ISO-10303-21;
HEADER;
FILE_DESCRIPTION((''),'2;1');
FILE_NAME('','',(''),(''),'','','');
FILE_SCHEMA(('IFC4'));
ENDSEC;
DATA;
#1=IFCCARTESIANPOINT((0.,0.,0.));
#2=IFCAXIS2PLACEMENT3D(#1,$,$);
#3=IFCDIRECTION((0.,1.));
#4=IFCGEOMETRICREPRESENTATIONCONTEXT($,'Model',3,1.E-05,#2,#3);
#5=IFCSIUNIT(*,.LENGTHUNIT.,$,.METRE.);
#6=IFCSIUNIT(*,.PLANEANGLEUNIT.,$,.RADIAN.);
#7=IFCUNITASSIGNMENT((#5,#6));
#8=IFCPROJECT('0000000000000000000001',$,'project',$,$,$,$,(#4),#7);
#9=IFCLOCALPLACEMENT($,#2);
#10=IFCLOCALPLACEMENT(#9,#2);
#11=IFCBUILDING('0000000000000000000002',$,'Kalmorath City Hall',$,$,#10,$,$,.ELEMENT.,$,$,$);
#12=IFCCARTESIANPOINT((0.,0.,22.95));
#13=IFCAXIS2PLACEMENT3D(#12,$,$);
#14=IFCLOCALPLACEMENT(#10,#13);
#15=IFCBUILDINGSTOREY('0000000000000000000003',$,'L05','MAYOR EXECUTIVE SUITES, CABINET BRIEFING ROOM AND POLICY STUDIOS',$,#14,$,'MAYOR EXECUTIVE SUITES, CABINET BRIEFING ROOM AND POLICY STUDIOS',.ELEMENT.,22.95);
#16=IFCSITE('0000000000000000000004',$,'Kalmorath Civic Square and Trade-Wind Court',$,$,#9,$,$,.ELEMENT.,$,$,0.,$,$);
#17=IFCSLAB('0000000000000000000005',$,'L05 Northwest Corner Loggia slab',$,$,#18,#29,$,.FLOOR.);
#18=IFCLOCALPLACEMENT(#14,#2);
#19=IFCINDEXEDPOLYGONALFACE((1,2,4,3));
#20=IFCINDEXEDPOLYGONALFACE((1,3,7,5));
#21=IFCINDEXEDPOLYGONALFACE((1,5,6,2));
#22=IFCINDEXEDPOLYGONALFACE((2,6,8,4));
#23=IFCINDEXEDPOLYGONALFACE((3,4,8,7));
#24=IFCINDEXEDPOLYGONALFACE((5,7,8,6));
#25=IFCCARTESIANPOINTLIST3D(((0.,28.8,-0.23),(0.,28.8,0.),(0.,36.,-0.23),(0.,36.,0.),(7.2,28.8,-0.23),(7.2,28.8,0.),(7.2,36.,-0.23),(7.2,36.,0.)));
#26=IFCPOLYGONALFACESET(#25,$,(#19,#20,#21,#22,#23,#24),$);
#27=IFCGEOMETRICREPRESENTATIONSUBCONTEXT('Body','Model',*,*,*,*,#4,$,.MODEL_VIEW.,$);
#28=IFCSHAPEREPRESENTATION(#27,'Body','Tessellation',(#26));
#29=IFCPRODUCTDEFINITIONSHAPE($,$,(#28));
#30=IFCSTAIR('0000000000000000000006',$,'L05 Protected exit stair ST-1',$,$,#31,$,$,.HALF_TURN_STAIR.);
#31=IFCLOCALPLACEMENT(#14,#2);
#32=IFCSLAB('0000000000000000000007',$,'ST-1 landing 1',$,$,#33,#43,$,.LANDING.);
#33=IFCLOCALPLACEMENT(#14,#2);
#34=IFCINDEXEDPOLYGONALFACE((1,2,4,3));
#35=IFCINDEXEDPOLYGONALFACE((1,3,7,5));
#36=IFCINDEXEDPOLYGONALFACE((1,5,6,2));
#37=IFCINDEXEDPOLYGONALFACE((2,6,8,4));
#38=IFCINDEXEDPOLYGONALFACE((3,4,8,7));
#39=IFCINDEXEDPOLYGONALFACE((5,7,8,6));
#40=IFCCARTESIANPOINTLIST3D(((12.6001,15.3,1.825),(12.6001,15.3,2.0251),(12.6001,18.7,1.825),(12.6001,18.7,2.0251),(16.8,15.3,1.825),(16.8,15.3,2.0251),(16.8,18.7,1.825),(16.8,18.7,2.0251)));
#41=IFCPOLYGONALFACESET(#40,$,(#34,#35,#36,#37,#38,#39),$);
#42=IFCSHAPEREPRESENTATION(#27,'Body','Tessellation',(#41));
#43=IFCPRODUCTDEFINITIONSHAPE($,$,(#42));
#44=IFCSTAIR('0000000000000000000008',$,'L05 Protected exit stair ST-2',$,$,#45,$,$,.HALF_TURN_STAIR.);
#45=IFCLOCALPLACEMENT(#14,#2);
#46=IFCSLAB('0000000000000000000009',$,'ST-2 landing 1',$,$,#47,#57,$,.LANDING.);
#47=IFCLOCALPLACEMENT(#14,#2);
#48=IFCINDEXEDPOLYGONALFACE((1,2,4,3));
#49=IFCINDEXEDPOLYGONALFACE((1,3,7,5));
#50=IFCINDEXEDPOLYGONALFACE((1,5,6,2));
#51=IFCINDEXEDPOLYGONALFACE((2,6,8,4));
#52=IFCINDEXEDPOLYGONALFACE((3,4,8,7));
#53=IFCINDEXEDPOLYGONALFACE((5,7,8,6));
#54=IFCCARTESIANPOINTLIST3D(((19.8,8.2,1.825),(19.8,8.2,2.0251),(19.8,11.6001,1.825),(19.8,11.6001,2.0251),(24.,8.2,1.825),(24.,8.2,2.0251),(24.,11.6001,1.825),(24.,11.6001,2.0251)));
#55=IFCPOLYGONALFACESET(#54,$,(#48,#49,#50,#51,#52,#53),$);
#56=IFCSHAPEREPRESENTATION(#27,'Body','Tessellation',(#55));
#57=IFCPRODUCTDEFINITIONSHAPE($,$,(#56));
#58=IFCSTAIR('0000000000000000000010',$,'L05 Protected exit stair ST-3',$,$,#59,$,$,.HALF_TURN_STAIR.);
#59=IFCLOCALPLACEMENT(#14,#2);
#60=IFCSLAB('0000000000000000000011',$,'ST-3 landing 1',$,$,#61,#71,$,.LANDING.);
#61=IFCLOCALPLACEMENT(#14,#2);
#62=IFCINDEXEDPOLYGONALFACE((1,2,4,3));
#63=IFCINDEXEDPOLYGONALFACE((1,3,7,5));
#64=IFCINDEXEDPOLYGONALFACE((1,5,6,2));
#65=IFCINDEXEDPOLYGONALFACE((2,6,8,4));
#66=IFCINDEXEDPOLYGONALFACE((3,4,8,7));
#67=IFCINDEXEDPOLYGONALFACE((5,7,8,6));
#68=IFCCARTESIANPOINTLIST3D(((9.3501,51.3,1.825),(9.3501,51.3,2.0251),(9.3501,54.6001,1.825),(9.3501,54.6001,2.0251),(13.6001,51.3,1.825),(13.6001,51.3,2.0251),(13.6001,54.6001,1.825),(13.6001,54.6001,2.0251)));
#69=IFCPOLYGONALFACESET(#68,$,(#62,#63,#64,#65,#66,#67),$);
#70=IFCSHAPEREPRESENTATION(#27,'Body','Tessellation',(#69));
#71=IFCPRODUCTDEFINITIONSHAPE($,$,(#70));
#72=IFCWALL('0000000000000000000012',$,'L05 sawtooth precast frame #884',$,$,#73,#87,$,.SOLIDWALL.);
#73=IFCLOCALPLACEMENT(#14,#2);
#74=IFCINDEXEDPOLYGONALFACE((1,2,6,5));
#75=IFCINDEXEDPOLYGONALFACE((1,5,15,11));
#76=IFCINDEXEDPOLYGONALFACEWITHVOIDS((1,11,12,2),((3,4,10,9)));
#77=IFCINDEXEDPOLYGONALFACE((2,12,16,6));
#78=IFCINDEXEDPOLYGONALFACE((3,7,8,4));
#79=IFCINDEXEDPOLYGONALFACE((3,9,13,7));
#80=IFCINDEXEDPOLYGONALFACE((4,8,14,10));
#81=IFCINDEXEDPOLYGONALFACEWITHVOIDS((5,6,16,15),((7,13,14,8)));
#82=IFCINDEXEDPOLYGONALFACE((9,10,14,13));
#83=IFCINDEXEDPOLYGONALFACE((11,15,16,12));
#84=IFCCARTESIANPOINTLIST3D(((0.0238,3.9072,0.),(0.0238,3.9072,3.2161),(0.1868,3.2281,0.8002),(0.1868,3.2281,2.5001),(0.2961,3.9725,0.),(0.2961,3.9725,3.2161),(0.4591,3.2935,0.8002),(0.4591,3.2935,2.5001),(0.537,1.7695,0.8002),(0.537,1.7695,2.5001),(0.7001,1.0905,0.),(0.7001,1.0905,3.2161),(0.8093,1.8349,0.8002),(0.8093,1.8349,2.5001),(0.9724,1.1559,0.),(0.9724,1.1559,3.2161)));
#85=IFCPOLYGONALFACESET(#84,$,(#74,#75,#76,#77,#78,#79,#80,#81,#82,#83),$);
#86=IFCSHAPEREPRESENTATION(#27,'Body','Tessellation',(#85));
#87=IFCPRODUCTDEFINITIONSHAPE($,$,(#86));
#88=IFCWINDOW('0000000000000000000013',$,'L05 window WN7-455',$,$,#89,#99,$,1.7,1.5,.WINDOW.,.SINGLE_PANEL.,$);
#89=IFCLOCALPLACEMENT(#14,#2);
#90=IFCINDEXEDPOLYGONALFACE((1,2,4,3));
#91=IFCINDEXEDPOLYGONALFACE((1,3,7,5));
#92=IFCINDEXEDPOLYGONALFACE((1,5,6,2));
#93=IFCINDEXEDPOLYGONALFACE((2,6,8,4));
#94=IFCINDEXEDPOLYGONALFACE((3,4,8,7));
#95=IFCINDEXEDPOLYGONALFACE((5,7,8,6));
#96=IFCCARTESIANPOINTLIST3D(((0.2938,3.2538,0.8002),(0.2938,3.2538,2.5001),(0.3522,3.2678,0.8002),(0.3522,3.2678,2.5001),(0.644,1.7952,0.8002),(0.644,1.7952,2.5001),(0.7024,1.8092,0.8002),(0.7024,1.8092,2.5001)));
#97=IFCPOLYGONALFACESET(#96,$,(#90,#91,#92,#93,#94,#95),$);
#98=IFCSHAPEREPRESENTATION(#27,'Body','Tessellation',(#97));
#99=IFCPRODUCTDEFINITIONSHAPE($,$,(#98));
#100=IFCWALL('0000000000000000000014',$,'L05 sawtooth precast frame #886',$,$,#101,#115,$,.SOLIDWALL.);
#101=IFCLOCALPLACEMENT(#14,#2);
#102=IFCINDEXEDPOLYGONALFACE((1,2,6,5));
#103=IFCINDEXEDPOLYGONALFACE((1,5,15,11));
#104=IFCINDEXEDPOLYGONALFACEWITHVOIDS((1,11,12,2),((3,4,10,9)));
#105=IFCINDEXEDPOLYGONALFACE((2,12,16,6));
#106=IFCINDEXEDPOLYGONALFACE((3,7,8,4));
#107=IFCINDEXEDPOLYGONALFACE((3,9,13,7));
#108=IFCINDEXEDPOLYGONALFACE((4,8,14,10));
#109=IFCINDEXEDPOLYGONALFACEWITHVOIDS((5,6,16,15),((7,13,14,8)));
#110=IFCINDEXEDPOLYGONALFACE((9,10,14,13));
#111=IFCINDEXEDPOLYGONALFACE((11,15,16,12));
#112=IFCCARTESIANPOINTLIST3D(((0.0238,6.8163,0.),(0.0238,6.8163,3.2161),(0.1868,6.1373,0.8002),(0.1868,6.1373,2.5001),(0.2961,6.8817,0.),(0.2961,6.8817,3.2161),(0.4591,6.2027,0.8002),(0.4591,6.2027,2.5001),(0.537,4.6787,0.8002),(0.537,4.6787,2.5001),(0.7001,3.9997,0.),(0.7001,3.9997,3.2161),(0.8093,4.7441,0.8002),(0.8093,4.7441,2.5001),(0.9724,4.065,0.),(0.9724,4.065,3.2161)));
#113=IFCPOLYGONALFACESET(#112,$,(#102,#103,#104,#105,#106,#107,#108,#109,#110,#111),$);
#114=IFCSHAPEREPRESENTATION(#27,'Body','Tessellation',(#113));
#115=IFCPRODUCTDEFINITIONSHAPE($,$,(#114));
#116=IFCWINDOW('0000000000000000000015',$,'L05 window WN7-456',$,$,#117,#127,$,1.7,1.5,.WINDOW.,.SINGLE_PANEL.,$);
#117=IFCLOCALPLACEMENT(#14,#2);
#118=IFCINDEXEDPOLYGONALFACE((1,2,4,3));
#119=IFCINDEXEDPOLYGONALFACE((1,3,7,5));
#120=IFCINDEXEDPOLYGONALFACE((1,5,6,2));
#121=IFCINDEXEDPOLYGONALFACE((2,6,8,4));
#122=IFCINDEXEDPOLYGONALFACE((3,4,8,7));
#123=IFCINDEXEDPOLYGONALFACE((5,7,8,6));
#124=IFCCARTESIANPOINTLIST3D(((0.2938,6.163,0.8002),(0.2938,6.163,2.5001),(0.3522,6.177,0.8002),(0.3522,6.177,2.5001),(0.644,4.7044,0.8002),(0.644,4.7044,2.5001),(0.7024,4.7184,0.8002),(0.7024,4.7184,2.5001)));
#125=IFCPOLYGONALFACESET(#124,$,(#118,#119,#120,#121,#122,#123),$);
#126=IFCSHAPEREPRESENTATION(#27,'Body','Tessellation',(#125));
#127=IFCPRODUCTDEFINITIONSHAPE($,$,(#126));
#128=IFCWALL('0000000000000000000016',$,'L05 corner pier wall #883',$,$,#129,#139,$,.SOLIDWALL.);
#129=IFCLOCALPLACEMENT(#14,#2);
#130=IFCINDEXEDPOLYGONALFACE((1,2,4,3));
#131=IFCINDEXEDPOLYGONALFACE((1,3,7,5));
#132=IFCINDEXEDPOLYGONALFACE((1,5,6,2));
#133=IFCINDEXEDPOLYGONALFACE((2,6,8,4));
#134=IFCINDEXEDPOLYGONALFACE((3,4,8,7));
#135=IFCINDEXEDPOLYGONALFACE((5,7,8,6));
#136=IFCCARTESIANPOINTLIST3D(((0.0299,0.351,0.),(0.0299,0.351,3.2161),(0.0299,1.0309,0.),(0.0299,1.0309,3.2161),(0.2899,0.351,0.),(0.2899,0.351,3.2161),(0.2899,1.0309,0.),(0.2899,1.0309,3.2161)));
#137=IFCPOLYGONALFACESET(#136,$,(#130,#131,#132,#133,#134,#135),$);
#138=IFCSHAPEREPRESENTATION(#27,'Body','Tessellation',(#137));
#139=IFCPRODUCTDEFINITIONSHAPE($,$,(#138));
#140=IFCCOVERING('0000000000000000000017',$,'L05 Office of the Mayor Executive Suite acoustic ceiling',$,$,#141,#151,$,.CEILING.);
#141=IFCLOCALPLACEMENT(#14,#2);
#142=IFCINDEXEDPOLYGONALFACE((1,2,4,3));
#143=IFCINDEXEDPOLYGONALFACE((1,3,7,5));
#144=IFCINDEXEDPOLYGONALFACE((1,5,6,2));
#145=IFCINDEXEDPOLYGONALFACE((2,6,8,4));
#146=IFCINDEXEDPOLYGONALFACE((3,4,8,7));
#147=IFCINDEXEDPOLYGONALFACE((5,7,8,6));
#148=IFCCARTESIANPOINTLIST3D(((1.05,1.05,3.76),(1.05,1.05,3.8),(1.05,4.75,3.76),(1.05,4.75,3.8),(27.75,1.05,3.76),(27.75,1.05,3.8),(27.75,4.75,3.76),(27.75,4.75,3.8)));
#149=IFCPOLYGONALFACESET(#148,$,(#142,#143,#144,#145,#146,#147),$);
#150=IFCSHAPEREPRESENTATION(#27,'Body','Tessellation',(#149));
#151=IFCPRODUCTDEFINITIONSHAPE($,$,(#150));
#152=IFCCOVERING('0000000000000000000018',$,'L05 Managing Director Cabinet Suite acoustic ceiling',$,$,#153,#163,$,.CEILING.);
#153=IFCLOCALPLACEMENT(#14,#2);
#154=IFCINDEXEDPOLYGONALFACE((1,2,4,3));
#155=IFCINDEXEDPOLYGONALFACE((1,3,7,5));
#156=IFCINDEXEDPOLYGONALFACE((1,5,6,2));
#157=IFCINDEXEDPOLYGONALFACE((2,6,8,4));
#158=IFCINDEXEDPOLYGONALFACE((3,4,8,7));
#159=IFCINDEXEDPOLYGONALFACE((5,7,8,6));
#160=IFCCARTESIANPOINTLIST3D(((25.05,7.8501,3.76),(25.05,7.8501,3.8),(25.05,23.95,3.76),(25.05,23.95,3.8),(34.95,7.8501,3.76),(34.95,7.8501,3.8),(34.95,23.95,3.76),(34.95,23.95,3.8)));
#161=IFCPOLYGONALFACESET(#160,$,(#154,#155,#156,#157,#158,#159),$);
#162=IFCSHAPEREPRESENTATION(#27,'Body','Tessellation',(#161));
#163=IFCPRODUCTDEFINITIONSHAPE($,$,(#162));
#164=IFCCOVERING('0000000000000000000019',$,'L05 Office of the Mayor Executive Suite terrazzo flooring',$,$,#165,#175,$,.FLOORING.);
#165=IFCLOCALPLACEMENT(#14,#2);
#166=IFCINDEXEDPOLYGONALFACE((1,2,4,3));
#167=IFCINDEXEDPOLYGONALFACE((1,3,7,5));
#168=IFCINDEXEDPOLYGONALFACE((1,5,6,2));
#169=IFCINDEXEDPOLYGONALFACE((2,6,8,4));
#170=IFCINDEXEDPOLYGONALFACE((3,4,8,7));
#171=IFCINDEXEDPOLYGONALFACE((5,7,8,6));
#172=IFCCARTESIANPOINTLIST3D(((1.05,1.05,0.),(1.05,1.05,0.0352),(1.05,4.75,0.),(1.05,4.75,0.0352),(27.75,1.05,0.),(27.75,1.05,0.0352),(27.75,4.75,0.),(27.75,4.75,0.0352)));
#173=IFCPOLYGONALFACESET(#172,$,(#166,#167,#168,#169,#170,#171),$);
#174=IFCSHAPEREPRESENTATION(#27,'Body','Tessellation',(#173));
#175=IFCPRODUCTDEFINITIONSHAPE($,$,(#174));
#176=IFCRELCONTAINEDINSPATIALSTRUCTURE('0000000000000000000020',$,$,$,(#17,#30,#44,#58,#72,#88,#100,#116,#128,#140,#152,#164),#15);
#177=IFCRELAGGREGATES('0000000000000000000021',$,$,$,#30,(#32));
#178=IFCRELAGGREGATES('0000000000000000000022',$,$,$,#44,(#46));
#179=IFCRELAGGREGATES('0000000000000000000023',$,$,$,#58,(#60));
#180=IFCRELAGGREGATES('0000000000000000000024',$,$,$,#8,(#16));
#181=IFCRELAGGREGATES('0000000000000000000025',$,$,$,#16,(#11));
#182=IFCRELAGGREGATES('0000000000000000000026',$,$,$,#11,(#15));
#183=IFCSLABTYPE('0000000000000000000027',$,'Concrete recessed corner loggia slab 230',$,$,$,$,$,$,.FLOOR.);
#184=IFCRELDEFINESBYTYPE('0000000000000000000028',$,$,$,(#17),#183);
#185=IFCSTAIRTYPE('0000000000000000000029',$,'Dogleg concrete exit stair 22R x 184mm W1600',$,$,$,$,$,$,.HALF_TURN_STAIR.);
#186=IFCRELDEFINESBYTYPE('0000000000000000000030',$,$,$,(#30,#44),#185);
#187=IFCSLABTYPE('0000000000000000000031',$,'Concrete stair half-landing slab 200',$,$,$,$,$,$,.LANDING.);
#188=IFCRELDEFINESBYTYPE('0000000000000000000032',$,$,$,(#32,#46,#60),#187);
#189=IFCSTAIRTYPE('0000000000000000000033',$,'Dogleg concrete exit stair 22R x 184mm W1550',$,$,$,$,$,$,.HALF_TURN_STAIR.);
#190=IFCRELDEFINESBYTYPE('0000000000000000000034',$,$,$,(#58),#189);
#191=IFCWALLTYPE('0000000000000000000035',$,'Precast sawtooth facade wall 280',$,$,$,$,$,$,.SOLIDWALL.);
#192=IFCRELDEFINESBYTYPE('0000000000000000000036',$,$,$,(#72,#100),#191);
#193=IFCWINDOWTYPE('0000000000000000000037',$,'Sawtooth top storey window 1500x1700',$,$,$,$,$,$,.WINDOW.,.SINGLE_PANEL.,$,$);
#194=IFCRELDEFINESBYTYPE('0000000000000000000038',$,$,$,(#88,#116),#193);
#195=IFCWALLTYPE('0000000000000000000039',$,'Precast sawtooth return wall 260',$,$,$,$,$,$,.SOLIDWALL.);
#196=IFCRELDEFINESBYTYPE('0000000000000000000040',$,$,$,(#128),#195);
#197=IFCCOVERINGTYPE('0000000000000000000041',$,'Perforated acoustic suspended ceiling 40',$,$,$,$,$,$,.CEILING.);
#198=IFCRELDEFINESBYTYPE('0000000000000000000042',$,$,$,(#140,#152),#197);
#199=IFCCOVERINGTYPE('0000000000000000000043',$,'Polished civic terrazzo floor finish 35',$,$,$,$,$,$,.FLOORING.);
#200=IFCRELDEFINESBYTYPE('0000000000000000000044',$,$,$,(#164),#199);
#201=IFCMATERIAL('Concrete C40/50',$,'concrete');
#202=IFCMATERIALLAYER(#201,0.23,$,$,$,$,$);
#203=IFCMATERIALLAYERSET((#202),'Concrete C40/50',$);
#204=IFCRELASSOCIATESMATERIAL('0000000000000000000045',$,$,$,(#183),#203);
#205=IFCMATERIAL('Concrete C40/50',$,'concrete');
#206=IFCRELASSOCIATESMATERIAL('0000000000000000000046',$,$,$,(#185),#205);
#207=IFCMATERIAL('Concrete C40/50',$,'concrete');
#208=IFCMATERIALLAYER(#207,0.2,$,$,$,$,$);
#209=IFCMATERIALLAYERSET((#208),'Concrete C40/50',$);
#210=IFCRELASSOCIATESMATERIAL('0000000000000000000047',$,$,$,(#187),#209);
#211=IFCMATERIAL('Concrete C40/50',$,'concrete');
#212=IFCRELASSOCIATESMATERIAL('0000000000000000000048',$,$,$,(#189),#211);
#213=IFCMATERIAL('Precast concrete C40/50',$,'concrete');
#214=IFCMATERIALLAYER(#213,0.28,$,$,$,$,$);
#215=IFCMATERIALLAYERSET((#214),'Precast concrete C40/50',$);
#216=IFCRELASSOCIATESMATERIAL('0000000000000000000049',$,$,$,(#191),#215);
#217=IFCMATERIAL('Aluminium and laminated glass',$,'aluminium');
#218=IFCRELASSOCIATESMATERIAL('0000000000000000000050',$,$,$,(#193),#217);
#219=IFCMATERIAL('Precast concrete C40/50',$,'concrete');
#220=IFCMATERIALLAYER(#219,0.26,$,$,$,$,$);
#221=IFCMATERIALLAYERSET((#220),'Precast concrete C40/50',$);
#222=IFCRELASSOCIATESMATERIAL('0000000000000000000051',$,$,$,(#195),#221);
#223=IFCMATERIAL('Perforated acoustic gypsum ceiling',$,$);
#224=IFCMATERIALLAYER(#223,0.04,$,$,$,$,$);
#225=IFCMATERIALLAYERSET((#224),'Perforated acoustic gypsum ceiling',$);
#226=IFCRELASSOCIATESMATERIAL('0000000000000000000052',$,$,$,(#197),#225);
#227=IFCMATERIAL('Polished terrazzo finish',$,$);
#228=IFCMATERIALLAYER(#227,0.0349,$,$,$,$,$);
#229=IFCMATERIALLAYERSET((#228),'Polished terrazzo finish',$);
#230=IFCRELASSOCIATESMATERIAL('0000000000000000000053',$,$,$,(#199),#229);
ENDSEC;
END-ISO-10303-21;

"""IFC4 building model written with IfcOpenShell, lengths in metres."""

from ifc_helpers import new_model, si_unit, direction, frame, frame_2d, origin, place, context, subcontext, project, spatial, polyline, rectangle, outline, extrude, material, layer, layer_set, type_object, element, fill, aggregate, save


model = new_model("IFC4")

# Units and contexts
model_context = context("Model", 3, precision=1e-05, world=origin(), true_north=direction((0.0, 1.0)))
body_context = subcontext(model_context, "Body", "Model", "MODEL_VIEW")
ifc_project = project(units=[si_unit("LENGTHUNIT", "METRE"), si_unit("PLANEANGLEUNIT", "RADIAN")], contexts=[model_context])

# Site, building, storey
site_placement = place(None, origin())
site = spatial("IfcSite", under=ifc_project, at=site_placement, Name="Kalmorath Civic Square and Trade-Wind Court", CompositionType="ELEMENT", RefElevation=0.0)
building_placement = place(site_placement, origin())
building = spatial("IfcBuilding", under=site, at=building_placement, Name="Kalmorath City Hall", CompositionType="ELEMENT")
storey_placement = place(building_placement, frame((0.0, 0.0, 22.95)))
storey = spatial("IfcBuildingStorey", under=building, at=storey_placement, Name="L05", Description="MAYOR EXECUTIVE SUITES, CABINET BRIEFING ROOM AND POLICY STUDIOS", LongName="MAYOR EXECUTIVE SUITES, CABINET BRIEFING ROOM AND POLICY STUDIOS", CompositionType="ELEMENT", Elevation=22.95)

# Slab
ifc_material_1 = material(Name="Concrete C40/50", Category="concrete")
ifc_layer_1 = layer(ifc_material_1, 0.23)
ifc_layer_set_1 = layer_set([ifc_layer_1], Name="Concrete C40/50")
slab_type_1 = type_object("IfcSlabType", Name="Concrete recessed corner loggia slab 230", PredefinedType="FLOOR", material=ifc_layer_set_1)
slab_1_placement = place(storey_placement, frame((0.0, 0.0, -0.23)))
element("IfcSlab", 1, at=slab_1_placement, inside=storey, type_object=slab_type_1, Name="L05 Northwest Corner Loggia slab", PredefinedType="FLOOR", context=body_context, shape_type="SweptSolid", body=[
    extrude(outline(polyline([(0.0, 28.8), (7.2, 28.8), (7.2, 36.0), (0.0, 36.0), (0.0, 28.8)])), origin(), (0.0, 0.0, 1.0), 0.23),
])

# Stairs, slabs
ifc_material_2 = material(Name="Concrete C40/50", Category="concrete")
stair_type_1 = type_object("IfcStairType", Name="Dogleg concrete exit stair 22R x 184mm W1600", PredefinedType="HALF_TURN_STAIR", material=ifc_material_2)
stair_1_placement = place(storey_placement, origin())
stair_1 = element("IfcStair", 2, at=stair_1_placement, inside=storey, type_object=stair_type_1, Name="L05 Protected exit stair ST-1", PredefinedType="HALF_TURN_STAIR")
ifc_material_3 = material(Name="Concrete C40/50", Category="concrete")
ifc_layer_2 = layer(ifc_material_3, 0.2)
ifc_layer_set_2 = layer_set([ifc_layer_2], Name="Concrete C40/50")
slab_type_2 = type_object("IfcSlabType", Name="Concrete stair half-landing slab 200", PredefinedType="LANDING", material=ifc_layer_set_2)
slab_2_placement = place(storey_placement, frame((0.0, 0.0, 1.825)))
slab_2 = element("IfcSlab", 3, at=slab_2_placement, type_object=slab_type_2, Name="ST-1 landing 1", PredefinedType="LANDING", context=body_context, shape_type="SweptSolid", body=[
    extrude(outline(polyline([(12.6001, 15.3), (16.8, 15.3), (16.8, 18.7), (12.6001, 18.7), (12.6001, 15.3)])), origin(), (0.0, 0.0, 1.0), 0.2002),
])
aggregate(stair_1, [slab_2])
stair_2_placement = place(storey_placement, origin())
stair_2 = element("IfcStair", 4, at=stair_2_placement, inside=storey, type_object=stair_type_1, Name="L05 Protected exit stair ST-2", PredefinedType="HALF_TURN_STAIR")
slab_3_placement = place(storey_placement, frame((0.0, 0.0, 1.825)))
slab_3 = element("IfcSlab", 5, at=slab_3_placement, type_object=slab_type_2, Name="ST-2 landing 1", PredefinedType="LANDING", context=body_context, shape_type="SweptSolid", body=[
    extrude(outline(polyline([(19.8, 8.2), (24.0, 8.2), (24.0, 11.6001), (19.8, 11.6001), (19.8, 8.2)])), origin(), (0.0, 0.0, 1.0), 0.2002),
])
aggregate(stair_2, [slab_3])
ifc_material_4 = material(Name="Concrete C40/50", Category="concrete")
stair_type_2 = type_object("IfcStairType", Name="Dogleg concrete exit stair 22R x 184mm W1550", PredefinedType="HALF_TURN_STAIR", material=ifc_material_4)
stair_3_placement = place(storey_placement, origin())
stair_3 = element("IfcStair", 6, at=stair_3_placement, inside=storey, type_object=stair_type_2, Name="L05 Protected exit stair ST-3", PredefinedType="HALF_TURN_STAIR")
slab_4_placement = place(storey_placement, frame((0.0, 0.0, 1.825)))
slab_4 = element("IfcSlab", 7, at=slab_4_placement, type_object=slab_type_2, Name="ST-3 landing 1", PredefinedType="LANDING", context=body_context, shape_type="SweptSolid", body=[
    extrude(outline(polyline([(9.3501, 51.3), (13.6001, 51.3), (13.6001, 54.6001), (9.3501, 54.6001), (9.3501, 51.3)])), origin(), (0.0, 0.0, 1.0), 0.2002),
])
aggregate(stair_3, [slab_4])

# Walls, openings, windows
ifc_material_5 = material(Name="Precast concrete C40/50", Category="concrete")
ifc_layer_3 = layer(ifc_material_5, 0.28)
ifc_layer_set_3 = layer_set([ifc_layer_3], Name="Precast concrete C40/50")
wall_type_1 = type_object("IfcWallType", Name="Precast sawtooth facade wall 280", PredefinedType="SOLIDWALL", material=ifc_layer_set_3)
wall_1_placement = place(storey_placement, frame((0.8362, 1.1233, 0.0), z_axis=(0.0, 0.0, 1.0), x_axis=(-0.233462, 0.972366, 0.0)))
wall_1 = element("IfcWall", 8, at=wall_1_placement, inside=storey, type_object=wall_type_1, Name="L05 sawtooth precast frame #884", PredefinedType="SOLIDWALL", context=body_context, shape_type="SweptSolid", body=[
    extrude(rectangle(XDim=2.8967, YDim=0.28, at=frame_2d((1.4482, 0.0))), origin(), (0.0, 0.0, 1.0), 3.2161),
])
opening_1_placement = place(wall_1_placement, frame((0.6982, 0.0, 0.8)))
opening_1 = element("IfcOpeningElement", 9, at=opening_1_placement, cuts=wall_1, PredefinedType="OPENING", context=body_context, shape_type="SweptSolid", body=[
    extrude(rectangle(XDim=1.5, YDim=1.7, at=frame_2d((0.75, 0.8501))), frame((0.0, 0.1499, 0.0), z_axis=(0.0, -1.0, 0.0), x_axis=(1.0, 0.0, 0.0)), (0.0, 0.0, 1.0), 0.3),
])
ifc_material_6 = material(Name="Aluminium and laminated glass", Category="aluminium")
window_type = type_object("IfcWindowType", Name="Sawtooth top storey window 1500x1700", PartitioningType="SINGLE_PANEL", PredefinedType="WINDOW", material=ifc_material_6)
window_1_placement = place(opening_1_placement, origin())
window_1 = element("IfcWindow", 10, at=window_1_placement, inside=storey, type_object=window_type, Name="L05 window WN7-455", OverallHeight=1.7, OverallWidth=1.5, PartitioningType="SINGLE_PANEL", PredefinedType="WINDOW", context=body_context, shape_type="SweptSolid", body=[
    extrude(rectangle(XDim=1.5, YDim=1.7, at=frame_2d((0.75, 0.8501))), frame((0.0, 0.03, 0.0), z_axis=(0.0, -1.0, 0.0), x_axis=(1.0, 0.0, 0.0)), (0.0, 0.0, 1.0), 0.0601),
])
fill(opening_1, window_1)
wall_2_placement = place(storey_placement, frame((0.8362, 4.0325, 0.0), z_axis=(0.0, 0.0, 1.0), x_axis=(-0.233462, 0.972366, 0.0)))
wall_2 = element("IfcWall", 11, at=wall_2_placement, inside=storey, type_object=wall_type_1, Name="L05 sawtooth precast frame #886", PredefinedType="SOLIDWALL", context=body_context, shape_type="SweptSolid", body=[
    extrude(rectangle(XDim=2.8967, YDim=0.28, at=frame_2d((1.4482, 0.0))), origin(), (0.0, 0.0, 1.0), 3.2161),
])
opening_2_placement = place(wall_2_placement, frame((0.6982, 0.0, 0.8)))
opening_2 = element("IfcOpeningElement", 12, at=opening_2_placement, cuts=wall_2, PredefinedType="OPENING", context=body_context, shape_type="SweptSolid", body=[
    extrude(rectangle(XDim=1.5, YDim=1.7, at=frame_2d((0.75, 0.8501))), frame((0.0, 0.1499, 0.0), z_axis=(0.0, -1.0, 0.0), x_axis=(1.0, 0.0, 0.0)), (0.0, 0.0, 1.0), 0.3),
])
window_2_placement = place(opening_2_placement, origin())
window_2 = element("IfcWindow", 13, at=window_2_placement, inside=storey, type_object=window_type, Name="L05 window WN7-456", OverallHeight=1.7, OverallWidth=1.5, PartitioningType="SINGLE_PANEL", PredefinedType="WINDOW", context=body_context, shape_type="SweptSolid", body=[
    extrude(rectangle(XDim=1.5, YDim=1.7, at=frame_2d((0.75, 0.8501))), frame((0.0, 0.03, 0.0), z_axis=(0.0, -1.0, 0.0), x_axis=(1.0, 0.0, 0.0)), (0.0, 0.0, 1.0), 0.0601),
])
fill(opening_2, window_2)

# Wall
ifc_material_7 = material(Name="Precast concrete C40/50", Category="concrete")
ifc_layer_4 = layer(ifc_material_7, 0.26)
ifc_layer_set_4 = layer_set([ifc_layer_4], Name="Precast concrete C40/50")
wall_type_2 = type_object("IfcWallType", Name="Precast sawtooth return wall 260", PredefinedType="SOLIDWALL", material=ifc_layer_set_4)
wall_3_placement = place(storey_placement, frame((0.1599, 0.3511, 0.0), z_axis=(0.0, 0.0, 1.0), x_axis=(0.0, 1.0, 0.0)))
element("IfcWall", 14, at=wall_3_placement, inside=storey, type_object=wall_type_2, Name="L05 corner pier wall #883", PredefinedType="SOLIDWALL", context=body_context, shape_type="SweptSolid", body=[
    extrude(rectangle(XDim=0.6799, YDim=0.26, at=frame_2d((0.3398, 0.0))), origin(), (0.0, 0.0, 1.0), 3.2161),
])

# Coverings
ifc_material_8 = material(Name="Perforated acoustic gypsum ceiling")
ifc_layer_5 = layer(ifc_material_8, 0.04)
ifc_layer_set_5 = layer_set([ifc_layer_5], Name="Perforated acoustic gypsum ceiling")
covering_type_1 = type_object("IfcCoveringType", Name="Perforated acoustic suspended ceiling 40", PredefinedType="CEILING", material=ifc_layer_set_5)
covering_1_placement = place(storey_placement, frame((0.0, 0.0, 3.76)))
element("IfcCovering", 15, at=covering_1_placement, inside=storey, type_object=covering_type_1, Name="L05 Office of the Mayor Executive Suite acoustic ceiling", PredefinedType="CEILING", context=body_context, shape_type="SweptSolid", body=[
    extrude(outline(polyline([(27.75, 4.75), (27.75, 1.05), (1.05, 1.05), (1.05, 4.75), (27.75, 4.75)])), origin(), (0.0, 0.0, 1.0), 0.04),
])
covering_2_placement = place(storey_placement, frame((0.0, 0.0, 3.76)))
element("IfcCovering", 16, at=covering_2_placement, inside=storey, type_object=covering_type_1, Name="L05 Managing Director Cabinet Suite acoustic ceiling", PredefinedType="CEILING", context=body_context, shape_type="SweptSolid", body=[
    extrude(outline(polyline([(34.95, 23.95), (34.95, 7.8501), (25.05, 7.8501), (25.05, 23.95), (34.95, 23.95)])), origin(), (0.0, 0.0, 1.0), 0.04),
])
ifc_material_9 = material(Name="Polished terrazzo finish")
ifc_layer_6 = layer(ifc_material_9, 0.0349)
ifc_layer_set_6 = layer_set([ifc_layer_6], Name="Polished terrazzo finish")
covering_type_2 = type_object("IfcCoveringType", Name="Polished civic terrazzo floor finish 35", PredefinedType="FLOORING", material=ifc_layer_set_6)
covering_3_placement = place(storey_placement, origin())
element("IfcCovering", 17, at=covering_3_placement, inside=storey, type_object=covering_type_2, Name="L05 Office of the Mayor Executive Suite terrazzo flooring", PredefinedType="FLOORING", context=body_context, shape_type="SweptSolid", body=[
    extrude(outline(polyline([(27.75, 4.75), (27.75, 1.05), (1.05, 1.05), (1.05, 4.75), (27.75, 4.75)])), origin(), (0.0, 0.0, 1.0), 0.0352),
])

save(model, "model.ifc")
